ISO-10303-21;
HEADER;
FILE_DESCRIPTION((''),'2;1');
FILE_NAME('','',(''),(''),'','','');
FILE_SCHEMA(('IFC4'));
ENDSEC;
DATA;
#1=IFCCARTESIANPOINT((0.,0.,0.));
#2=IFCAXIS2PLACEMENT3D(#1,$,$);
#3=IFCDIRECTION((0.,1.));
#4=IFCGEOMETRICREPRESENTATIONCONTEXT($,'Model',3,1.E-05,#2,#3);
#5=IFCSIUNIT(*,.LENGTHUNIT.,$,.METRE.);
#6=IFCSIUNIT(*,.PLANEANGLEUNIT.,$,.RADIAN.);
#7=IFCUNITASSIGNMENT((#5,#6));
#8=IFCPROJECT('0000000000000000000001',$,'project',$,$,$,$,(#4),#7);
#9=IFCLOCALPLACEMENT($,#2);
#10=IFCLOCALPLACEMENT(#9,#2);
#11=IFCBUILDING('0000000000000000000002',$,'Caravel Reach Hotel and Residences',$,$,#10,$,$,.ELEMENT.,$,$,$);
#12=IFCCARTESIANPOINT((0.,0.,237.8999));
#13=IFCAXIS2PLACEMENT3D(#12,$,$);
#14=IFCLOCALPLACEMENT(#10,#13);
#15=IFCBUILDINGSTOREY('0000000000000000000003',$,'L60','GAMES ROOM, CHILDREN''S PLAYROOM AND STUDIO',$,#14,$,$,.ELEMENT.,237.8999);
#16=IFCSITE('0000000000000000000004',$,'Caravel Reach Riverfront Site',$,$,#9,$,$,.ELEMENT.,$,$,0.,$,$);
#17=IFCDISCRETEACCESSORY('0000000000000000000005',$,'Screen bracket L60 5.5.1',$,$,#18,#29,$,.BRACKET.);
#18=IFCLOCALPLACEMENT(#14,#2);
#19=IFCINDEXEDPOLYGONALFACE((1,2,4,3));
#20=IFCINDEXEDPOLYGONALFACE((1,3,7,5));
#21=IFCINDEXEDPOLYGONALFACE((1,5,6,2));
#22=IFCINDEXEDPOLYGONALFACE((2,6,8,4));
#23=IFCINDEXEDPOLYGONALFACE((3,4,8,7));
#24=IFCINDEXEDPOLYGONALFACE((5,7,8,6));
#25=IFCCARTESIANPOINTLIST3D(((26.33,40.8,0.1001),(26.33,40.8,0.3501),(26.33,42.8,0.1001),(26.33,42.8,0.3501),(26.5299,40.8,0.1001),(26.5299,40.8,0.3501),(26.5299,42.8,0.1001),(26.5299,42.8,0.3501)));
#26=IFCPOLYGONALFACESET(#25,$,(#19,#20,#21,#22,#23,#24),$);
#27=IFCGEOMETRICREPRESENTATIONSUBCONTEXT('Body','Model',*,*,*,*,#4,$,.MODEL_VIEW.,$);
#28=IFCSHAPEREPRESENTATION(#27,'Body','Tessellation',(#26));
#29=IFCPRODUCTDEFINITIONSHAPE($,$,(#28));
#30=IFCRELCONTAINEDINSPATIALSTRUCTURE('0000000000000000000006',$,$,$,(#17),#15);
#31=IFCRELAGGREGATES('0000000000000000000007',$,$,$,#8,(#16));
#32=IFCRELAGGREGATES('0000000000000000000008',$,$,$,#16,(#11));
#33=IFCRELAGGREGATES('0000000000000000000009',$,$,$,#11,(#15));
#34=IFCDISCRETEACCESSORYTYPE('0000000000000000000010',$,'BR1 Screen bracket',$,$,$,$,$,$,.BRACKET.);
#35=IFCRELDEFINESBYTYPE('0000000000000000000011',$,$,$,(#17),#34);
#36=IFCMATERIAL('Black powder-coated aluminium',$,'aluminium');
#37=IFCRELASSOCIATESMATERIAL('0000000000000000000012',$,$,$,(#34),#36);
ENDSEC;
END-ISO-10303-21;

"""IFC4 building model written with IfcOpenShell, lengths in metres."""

from ifc_helpers import new_model, si_unit, direction, frame, origin, origin_2d, place, context, subcontext, project, spatial, rectangle, extrude, material, type_object, element, save


model = new_model("IFC4")

# Units and contexts
model_context = context("Model", 3, precision=1e-05, world=origin(), true_north=direction((0.0, 1.0)))
body_context = subcontext(model_context, "Body", "Model", "MODEL_VIEW")
ifc_project = project(units=[si_unit("LENGTHUNIT", "METRE"), si_unit("PLANEANGLEUNIT", "RADIAN")], contexts=[model_context])

# Site, building, storey
site_placement = place(None, origin())
site = spatial("IfcSite", under=ifc_project, at=site_placement, Name="Caravel Reach Riverfront Site", CompositionType="ELEMENT", RefElevation=0.0)
building_placement = place(site_placement, origin())
building = spatial("IfcBuilding", under=site, at=building_placement, Name="Caravel Reach Hotel and Residences", CompositionType="ELEMENT")
storey_placement = place(building_placement, frame((0.0, 0.0, 237.8999)))
storey = spatial("IfcBuildingStorey", under=building, at=storey_placement, Name="L60", Description="GAMES ROOM, CHILDREN'S PLAYROOM AND STUDIO", CompositionType="ELEMENT", Elevation=237.8999)

# Discrete accessory
ifc_material_1 = material(Name="Black powder-coated aluminium", Category="aluminium")
discrete_accessory_type = type_object("IfcDiscreteAccessoryType", Name="BR1 Screen bracket", PredefinedType="BRACKET", material=ifc_material_1)
discrete_accessory_placement = place(storey_placement, frame((26.4299, 41.8, 0.1001), z_axis=(0.0, 0.0, 1.0), x_axis=(0.0, 1.0, 0.0)))
element("IfcDiscreteAccessory", 1, at=discrete_accessory_placement, inside=storey, type_object=discrete_accessory_type, Name="Screen bracket L60 5.5.1", PredefinedType="BRACKET", context=body_context, shape_type="SweptSolid", body=[
    extrude(rectangle(XDim=2.0, YDim=0.2, at=origin_2d()), origin(), (0.0, 0.0, 1.0), 0.25),
])

save(model, "model.ifc")
